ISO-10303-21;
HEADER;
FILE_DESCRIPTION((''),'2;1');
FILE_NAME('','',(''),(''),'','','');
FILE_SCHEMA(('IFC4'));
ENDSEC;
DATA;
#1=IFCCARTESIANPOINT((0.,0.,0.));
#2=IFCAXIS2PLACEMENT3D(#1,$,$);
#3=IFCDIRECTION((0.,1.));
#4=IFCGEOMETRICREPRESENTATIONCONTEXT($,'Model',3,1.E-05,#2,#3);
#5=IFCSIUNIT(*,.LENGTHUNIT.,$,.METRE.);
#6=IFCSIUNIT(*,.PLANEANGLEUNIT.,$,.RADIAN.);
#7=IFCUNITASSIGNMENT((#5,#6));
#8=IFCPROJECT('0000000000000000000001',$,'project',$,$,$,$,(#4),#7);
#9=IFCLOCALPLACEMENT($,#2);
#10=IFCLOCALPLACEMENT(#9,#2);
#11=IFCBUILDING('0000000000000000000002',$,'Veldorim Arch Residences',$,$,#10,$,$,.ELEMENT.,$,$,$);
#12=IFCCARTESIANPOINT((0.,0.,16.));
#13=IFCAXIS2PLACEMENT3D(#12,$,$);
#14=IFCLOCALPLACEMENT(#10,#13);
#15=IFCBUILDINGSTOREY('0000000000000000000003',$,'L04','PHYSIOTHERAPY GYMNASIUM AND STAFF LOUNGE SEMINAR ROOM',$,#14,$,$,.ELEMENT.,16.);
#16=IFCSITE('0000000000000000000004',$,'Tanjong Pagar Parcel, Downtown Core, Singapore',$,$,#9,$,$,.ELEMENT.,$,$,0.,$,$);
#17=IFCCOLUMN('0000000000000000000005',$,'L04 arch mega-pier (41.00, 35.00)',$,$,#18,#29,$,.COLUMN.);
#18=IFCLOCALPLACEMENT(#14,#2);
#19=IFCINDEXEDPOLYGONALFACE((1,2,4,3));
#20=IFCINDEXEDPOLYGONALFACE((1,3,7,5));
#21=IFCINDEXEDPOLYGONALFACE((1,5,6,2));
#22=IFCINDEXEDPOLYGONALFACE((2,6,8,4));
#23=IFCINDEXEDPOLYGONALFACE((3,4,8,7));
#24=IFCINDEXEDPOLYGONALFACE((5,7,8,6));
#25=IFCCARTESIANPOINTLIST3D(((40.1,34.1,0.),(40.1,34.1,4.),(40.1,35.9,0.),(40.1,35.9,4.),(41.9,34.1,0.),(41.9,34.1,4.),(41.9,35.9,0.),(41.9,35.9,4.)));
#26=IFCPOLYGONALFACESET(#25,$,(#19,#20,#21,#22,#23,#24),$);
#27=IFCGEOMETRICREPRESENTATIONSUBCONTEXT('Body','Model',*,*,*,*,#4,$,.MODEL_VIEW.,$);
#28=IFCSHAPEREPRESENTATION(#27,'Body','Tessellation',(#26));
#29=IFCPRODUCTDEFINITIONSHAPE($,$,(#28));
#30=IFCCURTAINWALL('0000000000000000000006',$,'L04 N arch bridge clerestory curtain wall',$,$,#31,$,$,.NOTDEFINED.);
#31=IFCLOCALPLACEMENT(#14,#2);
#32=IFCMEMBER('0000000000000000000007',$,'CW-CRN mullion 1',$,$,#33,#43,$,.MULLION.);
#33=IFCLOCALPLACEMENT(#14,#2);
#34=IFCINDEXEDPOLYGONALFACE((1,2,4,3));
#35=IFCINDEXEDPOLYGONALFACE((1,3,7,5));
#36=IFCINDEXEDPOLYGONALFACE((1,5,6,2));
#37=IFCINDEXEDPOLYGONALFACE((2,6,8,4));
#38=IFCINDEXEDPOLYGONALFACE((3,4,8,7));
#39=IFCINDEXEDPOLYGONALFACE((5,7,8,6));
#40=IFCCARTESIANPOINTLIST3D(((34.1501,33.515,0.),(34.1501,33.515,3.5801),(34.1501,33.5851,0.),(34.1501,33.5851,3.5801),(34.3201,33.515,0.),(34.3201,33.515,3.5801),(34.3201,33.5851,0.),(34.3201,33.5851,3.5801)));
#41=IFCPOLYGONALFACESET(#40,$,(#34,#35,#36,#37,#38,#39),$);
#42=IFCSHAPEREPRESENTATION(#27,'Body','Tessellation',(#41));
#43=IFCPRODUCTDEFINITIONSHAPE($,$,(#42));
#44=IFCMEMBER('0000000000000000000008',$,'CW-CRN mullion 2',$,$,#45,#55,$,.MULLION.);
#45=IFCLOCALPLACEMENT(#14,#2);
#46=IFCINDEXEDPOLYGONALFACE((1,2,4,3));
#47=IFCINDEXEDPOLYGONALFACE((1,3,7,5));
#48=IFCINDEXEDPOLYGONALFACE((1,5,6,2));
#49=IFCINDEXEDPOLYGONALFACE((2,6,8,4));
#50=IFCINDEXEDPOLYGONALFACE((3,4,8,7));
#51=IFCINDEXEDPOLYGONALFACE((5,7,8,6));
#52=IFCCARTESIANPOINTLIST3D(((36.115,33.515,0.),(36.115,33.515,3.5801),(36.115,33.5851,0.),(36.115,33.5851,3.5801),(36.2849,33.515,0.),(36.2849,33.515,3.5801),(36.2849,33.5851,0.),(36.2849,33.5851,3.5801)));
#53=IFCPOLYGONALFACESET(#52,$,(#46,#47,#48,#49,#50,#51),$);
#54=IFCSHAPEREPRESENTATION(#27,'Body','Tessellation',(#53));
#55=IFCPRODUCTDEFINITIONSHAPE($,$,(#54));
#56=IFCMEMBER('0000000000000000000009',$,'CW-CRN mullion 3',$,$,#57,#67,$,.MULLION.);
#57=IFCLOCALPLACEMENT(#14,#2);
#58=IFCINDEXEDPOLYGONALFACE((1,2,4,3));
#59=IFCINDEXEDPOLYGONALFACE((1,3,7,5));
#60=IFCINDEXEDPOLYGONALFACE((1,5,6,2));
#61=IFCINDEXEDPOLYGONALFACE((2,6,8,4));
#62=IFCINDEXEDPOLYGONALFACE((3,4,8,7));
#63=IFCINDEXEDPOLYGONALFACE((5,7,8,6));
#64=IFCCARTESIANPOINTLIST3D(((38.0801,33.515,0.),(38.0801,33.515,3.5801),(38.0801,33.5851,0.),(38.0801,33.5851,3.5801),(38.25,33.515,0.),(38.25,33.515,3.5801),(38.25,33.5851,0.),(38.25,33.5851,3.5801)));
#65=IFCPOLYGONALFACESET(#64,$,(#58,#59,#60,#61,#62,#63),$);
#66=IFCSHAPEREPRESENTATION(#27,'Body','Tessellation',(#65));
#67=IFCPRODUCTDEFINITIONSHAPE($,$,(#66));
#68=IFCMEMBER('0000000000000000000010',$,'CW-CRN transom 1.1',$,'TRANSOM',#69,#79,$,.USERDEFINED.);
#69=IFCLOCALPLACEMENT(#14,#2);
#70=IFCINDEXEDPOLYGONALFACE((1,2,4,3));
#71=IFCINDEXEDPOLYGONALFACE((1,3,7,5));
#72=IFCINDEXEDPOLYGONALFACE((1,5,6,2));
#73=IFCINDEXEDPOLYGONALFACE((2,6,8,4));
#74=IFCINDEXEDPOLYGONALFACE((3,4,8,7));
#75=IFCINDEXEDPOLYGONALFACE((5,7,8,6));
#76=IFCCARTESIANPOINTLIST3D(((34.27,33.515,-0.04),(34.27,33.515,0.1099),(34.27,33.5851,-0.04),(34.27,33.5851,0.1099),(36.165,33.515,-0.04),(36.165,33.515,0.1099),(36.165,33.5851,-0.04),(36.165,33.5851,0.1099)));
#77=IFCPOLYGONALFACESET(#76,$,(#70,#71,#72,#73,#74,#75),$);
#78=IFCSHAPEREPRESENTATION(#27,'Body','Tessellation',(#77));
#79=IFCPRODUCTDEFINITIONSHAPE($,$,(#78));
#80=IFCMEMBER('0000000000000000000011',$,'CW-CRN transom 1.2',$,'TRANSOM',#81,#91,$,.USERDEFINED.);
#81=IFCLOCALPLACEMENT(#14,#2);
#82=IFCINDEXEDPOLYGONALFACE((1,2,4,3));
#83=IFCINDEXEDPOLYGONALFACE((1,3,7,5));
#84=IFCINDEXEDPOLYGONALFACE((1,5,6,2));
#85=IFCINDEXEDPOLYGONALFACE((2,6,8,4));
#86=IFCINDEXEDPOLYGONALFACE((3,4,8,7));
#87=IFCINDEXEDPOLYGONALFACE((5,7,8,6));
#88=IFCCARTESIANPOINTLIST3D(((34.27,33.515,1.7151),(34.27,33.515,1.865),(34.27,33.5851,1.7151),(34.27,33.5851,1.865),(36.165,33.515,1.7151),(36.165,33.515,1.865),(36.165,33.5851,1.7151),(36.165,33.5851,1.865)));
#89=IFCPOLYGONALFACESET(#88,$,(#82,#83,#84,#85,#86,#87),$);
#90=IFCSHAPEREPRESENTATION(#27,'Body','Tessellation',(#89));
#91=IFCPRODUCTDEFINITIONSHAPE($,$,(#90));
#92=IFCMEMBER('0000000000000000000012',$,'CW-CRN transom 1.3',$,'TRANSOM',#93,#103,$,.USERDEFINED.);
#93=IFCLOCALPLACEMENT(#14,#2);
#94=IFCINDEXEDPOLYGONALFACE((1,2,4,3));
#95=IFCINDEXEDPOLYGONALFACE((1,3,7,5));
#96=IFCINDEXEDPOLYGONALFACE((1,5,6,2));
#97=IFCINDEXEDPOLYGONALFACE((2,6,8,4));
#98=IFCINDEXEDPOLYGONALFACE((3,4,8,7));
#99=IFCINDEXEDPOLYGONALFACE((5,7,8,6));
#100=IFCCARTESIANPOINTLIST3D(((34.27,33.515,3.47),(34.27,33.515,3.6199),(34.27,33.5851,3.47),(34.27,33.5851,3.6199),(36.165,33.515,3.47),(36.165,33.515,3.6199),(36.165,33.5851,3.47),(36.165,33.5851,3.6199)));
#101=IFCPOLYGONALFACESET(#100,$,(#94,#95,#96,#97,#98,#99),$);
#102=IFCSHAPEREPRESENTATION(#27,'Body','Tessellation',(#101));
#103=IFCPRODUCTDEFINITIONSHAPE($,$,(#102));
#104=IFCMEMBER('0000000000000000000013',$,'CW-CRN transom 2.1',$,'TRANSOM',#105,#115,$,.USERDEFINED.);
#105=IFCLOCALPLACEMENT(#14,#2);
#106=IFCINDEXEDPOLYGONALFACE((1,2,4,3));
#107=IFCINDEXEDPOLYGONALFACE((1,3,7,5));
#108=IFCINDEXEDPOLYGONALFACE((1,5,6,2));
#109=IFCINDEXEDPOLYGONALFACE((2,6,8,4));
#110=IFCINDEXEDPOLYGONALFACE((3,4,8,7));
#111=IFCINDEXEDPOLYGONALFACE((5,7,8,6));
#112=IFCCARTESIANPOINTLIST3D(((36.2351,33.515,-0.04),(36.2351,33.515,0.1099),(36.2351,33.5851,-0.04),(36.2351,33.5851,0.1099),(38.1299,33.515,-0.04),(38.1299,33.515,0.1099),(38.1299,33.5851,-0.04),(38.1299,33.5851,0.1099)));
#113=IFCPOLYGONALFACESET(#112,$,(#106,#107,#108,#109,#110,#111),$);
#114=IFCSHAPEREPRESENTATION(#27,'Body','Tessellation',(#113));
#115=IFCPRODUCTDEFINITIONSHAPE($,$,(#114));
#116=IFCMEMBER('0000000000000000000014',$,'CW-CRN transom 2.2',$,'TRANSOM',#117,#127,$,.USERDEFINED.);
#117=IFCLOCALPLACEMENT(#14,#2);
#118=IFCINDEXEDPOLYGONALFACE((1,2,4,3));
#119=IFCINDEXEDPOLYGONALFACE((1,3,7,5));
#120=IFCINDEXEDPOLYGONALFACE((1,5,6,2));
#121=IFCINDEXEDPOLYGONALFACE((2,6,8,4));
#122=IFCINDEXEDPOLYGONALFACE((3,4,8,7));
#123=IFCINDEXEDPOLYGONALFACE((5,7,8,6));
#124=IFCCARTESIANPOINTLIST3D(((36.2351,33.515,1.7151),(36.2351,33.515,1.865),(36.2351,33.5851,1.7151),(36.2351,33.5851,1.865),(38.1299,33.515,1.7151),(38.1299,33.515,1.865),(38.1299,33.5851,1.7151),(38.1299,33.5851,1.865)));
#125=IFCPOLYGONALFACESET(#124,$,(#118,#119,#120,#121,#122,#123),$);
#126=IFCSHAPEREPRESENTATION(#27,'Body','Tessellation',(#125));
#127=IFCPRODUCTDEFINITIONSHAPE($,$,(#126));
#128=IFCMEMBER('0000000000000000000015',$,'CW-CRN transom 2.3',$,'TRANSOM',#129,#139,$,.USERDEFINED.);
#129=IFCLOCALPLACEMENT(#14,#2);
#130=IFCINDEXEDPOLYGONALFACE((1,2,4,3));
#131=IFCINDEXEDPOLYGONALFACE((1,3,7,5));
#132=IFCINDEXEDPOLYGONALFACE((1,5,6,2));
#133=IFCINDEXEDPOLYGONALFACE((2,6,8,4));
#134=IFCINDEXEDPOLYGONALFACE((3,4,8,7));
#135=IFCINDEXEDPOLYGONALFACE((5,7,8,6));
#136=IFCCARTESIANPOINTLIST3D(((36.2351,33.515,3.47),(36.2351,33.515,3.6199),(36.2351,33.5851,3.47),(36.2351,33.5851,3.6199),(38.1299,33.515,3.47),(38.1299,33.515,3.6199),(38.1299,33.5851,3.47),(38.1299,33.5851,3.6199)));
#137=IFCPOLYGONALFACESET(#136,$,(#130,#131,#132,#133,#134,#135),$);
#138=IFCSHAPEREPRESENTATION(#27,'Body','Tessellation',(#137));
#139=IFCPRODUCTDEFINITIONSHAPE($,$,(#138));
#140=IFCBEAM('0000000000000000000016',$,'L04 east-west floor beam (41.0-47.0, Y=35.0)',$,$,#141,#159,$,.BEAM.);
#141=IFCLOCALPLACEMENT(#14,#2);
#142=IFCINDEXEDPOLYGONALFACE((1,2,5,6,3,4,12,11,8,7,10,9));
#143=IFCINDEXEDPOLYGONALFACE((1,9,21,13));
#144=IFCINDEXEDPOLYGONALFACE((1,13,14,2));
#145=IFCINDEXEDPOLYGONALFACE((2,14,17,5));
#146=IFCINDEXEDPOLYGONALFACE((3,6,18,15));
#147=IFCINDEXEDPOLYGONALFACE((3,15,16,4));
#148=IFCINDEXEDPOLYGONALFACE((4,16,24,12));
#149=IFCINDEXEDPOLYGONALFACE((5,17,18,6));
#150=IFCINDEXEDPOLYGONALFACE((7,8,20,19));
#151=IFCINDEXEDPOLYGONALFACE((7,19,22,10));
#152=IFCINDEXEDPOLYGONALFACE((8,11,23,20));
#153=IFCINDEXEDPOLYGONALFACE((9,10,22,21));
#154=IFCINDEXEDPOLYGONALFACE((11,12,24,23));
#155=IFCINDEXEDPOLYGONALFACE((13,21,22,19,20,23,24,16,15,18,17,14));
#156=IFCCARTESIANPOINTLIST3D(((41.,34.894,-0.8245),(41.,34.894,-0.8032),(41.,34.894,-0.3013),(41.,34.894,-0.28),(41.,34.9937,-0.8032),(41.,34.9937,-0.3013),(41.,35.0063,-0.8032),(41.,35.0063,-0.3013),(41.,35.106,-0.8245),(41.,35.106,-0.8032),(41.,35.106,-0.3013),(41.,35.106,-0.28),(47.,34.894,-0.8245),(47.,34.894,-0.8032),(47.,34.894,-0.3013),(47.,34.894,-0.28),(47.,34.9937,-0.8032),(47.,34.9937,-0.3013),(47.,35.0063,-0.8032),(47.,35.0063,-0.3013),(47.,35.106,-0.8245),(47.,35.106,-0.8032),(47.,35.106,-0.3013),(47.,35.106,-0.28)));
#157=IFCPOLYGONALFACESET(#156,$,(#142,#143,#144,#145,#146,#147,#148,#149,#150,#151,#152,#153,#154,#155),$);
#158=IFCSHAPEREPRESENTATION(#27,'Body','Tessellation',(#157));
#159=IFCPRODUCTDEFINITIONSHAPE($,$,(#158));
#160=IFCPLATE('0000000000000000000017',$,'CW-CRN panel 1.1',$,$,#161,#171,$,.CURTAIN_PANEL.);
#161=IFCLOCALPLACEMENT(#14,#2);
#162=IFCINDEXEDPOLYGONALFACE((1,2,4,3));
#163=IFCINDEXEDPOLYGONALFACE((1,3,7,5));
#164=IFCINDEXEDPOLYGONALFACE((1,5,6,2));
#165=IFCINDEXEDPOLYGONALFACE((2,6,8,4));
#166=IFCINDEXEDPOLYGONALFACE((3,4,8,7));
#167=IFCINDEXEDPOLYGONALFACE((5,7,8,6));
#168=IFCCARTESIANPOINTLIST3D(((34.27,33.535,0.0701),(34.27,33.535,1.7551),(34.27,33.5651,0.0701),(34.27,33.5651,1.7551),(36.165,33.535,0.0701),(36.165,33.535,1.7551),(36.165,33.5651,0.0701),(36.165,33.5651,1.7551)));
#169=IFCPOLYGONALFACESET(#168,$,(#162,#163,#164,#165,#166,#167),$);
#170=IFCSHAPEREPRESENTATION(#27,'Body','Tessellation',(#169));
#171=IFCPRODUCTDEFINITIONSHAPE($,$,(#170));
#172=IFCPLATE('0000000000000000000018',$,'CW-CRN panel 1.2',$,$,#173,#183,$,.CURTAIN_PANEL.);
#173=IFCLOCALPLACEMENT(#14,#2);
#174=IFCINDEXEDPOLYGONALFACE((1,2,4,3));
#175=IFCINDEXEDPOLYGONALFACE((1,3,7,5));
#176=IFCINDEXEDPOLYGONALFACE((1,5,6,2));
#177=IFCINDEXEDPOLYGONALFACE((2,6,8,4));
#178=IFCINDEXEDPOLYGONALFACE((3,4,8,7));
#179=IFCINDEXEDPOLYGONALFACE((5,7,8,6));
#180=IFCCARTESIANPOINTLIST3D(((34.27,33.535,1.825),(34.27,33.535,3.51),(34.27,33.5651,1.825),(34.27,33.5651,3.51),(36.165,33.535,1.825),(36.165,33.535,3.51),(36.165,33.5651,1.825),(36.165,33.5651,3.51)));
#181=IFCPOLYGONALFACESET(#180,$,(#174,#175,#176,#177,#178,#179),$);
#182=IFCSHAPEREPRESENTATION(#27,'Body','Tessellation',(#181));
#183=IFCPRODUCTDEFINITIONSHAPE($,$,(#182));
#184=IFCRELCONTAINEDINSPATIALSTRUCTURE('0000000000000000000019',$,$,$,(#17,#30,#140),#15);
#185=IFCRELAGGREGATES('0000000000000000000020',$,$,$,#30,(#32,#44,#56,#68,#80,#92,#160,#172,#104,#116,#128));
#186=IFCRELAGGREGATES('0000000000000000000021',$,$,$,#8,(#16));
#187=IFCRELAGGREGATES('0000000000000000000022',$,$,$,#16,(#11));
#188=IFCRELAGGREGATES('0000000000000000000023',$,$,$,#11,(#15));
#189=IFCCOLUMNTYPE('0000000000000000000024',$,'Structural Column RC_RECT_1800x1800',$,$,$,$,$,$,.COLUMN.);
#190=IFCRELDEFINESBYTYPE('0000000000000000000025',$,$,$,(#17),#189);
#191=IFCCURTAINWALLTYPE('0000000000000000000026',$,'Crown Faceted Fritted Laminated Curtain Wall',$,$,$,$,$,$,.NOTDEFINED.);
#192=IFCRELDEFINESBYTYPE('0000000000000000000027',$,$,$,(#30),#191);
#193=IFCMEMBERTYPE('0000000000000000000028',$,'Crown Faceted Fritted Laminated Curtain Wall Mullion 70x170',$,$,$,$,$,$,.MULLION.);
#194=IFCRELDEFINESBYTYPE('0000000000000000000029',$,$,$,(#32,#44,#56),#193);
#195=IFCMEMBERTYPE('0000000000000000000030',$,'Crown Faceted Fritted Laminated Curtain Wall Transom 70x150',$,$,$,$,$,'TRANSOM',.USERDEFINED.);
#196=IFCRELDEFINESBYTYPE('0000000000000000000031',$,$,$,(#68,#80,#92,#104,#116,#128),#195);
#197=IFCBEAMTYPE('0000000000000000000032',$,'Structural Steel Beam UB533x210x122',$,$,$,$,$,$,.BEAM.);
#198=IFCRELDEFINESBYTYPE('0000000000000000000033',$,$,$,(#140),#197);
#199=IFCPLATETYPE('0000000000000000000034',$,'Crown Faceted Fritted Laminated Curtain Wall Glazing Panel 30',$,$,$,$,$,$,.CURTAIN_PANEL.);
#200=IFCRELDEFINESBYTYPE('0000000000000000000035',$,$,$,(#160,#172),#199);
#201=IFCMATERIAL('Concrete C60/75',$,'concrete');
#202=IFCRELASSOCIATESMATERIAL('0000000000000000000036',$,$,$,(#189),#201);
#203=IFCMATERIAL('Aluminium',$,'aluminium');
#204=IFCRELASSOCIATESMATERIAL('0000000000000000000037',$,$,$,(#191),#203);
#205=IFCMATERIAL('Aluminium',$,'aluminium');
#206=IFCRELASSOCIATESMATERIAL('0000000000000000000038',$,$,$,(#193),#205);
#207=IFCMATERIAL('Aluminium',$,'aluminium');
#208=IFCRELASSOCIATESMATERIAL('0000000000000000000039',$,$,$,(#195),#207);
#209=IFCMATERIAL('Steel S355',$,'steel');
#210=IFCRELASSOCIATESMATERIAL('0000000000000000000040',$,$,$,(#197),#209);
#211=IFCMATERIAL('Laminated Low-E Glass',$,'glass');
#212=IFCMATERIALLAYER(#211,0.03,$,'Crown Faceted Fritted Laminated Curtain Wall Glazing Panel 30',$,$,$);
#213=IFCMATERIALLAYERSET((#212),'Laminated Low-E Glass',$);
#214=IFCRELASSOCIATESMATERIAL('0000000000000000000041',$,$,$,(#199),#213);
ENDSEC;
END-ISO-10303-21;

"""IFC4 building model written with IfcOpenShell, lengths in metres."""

from ifc_helpers import new_model, si_unit, direction, frame, origin, origin_2d, place, context, subcontext, project, spatial, rectangle, i_section, extrude, material, layer, layer_set, material_profile, profile_set, type_object, element, aggregate, save


model = new_model("IFC4")

# Units and contexts
model_context = context("Model", 3, precision=1e-05, world=origin(), true_north=direction((0.0, 1.0)))
body_context = subcontext(model_context, "Body", "Model", "MODEL_VIEW")
ifc_project = project(units=[si_unit("LENGTHUNIT", "METRE"), si_unit("PLANEANGLEUNIT", "RADIAN")], contexts=[model_context])

# Site, building, storey
site_placement = place(None, origin())
site = spatial("IfcSite", under=ifc_project, at=site_placement, Name="Tanjong Pagar Parcel, Downtown Core, Singapore", CompositionType="ELEMENT", RefElevation=0.0)
building_placement = place(site_placement, origin())
building = spatial("IfcBuilding", under=site, at=building_placement, Name="Veldorim Arch Residences", CompositionType="ELEMENT")
storey_placement = place(building_placement, frame((0.0, 0.0, 16.0)))
storey = spatial("IfcBuildingStorey", under=building, at=storey_placement, Name="L04", Description="PHYSIOTHERAPY GYMNASIUM AND STAFF LOUNGE SEMINAR ROOM", CompositionType="ELEMENT", Elevation=16.0)

# Column
ifc_material_1 = material(Name="Concrete C60/75", Category="concrete")
ifc_material_profile_1 = material_profile(ifc_material_1, rectangle(XDim=1.8, YDim=1.8, at=origin_2d()), Name="RC_RECT_1800x1800")
ifc_profile_set_1 = profile_set([ifc_material_profile_1], Name="Concrete C60/75")
column_type = type_object("IfcColumnType", Name="Structural Column RC_RECT_1800x1800", PredefinedType="COLUMN", material=ifc_profile_set_1)
column_placement = place(storey_placement, frame((41.0, 35.0, 0.0), z_axis=(0.0, 0.0, 1.0), x_axis=(1.0, 0.0, 0.0)))
element("IfcColumn", 1, at=column_placement, inside=storey, type_object=column_type, Name="L04 arch mega-pier (41.00, 35.00)", PredefinedType="COLUMN", context=body_context, shape_type="SweptSolid", body=[
    extrude(rectangle(XDim=1.8, YDim=1.8, at=origin_2d()), origin(), (0.0, 0.0, 1.0), 4.0),
])

# Curtain wall, members
ifc_material_2 = material(Name="Aluminium", Category="aluminium")
curtain_wall_type = type_object("IfcCurtainWallType", Name="Crown Faceted Fritted Laminated Curtain Wall", PredefinedType="NOTDEFINED", material=ifc_material_2)
curtain_wall_placement = place(storey_placement, origin())
curtain_wall = element("IfcCurtainWall", 2, at=curtain_wall_placement, inside=storey, type_object=curtain_wall_type, Name="L04 N arch bridge clerestory curtain wall", PredefinedType="NOTDEFINED")
ifc_material_3 = material(Name="Aluminium", Category="aluminium")
ifc_material_profile_2 = material_profile(ifc_material_3, rectangle(XDim=0.0701, YDim=0.1699, at=origin_2d()), Name="ALU_MUL_70x170")
ifc_profile_set_2 = profile_set([ifc_material_profile_2], Name="Aluminium")
member_type_1 = type_object("IfcMemberType", Name="Crown Faceted Fritted Laminated Curtain Wall Mullion 70x170", PredefinedType="MULLION", material=ifc_profile_set_2)
member_1_placement = place(storey_placement, frame((34.2351, 33.55, 0.0), z_axis=(0.0, 0.0, 1.0), x_axis=(0.0, 1.0, 0.0)))
member_1 = element("IfcMember", 3, at=member_1_placement, type_object=member_type_1, Name="CW-CRN mullion 1", PredefinedType="MULLION", context=body_context, shape_type="SweptSolid", body=[
    extrude(rectangle(XDim=0.0701, YDim=0.1699, at=origin_2d()), origin(), (0.0, 0.0, 1.0), 3.5801),
])
member_2_placement = place(storey_placement, frame((36.2, 33.55, 0.0), z_axis=(0.0, 0.0, 1.0), x_axis=(0.0, 1.0, 0.0)))
member_2 = element("IfcMember", 4, at=member_2_placement, type_object=member_type_1, Name="CW-CRN mullion 2", PredefinedType="MULLION", context=body_context, shape_type="SweptSolid", body=[
    extrude(rectangle(XDim=0.0701, YDim=0.1699, at=origin_2d()), origin(), (0.0, 0.0, 1.0), 3.5801),
])
member_3_placement = place(storey_placement, frame((38.165, 33.55, 0.0), z_axis=(0.0, 0.0, 1.0), x_axis=(0.0, 1.0, 0.0)))
member_3 = element("IfcMember", 5, at=member_3_placement, type_object=member_type_1, Name="CW-CRN mullion 3", PredefinedType="MULLION", context=body_context, shape_type="SweptSolid", body=[
    extrude(rectangle(XDim=0.0701, YDim=0.1699, at=origin_2d()), origin(), (0.0, 0.0, 1.0), 3.5801),
])
ifc_material_4 = material(Name="Aluminium", Category="aluminium")
ifc_material_profile_3 = material_profile(ifc_material_4, rectangle(XDim=0.0701, YDim=0.1499, at=origin_2d()), Name="ALU_TRN_70x150")
ifc_profile_set_3 = profile_set([ifc_material_profile_3], Name="Aluminium")
member_type_2 = type_object("IfcMemberType", Name="Crown Faceted Fritted Laminated Curtain Wall Transom 70x150", ElementType="TRANSOM", PredefinedType="USERDEFINED", material=ifc_profile_set_3)
member_4_placement = place(storey_placement, frame((34.27, 33.55, 0.0349), z_axis=(1.0, 0.0, 0.0), x_axis=(0.0, 1.0, 0.0)))
member_4 = element("IfcMember", 6, at=member_4_placement, type_object=member_type_2, Name="CW-CRN transom 1.1", ObjectType="TRANSOM", PredefinedType="USERDEFINED", context=body_context, shape_type="SweptSolid", body=[
    extrude(rectangle(XDim=0.0701, YDim=0.1499, at=origin_2d()), origin(), (0.0, 0.0, 1.0), 1.895),
])
member_5_placement = place(storey_placement, frame((34.27, 33.55, 1.79), z_axis=(1.0, 0.0, 0.0), x_axis=(0.0, 1.0, 0.0)))
member_5 = element("IfcMember", 7, at=member_5_placement, type_object=member_type_2, Name="CW-CRN transom 1.2", ObjectType="TRANSOM", PredefinedType="USERDEFINED", context=body_context, shape_type="SweptSolid", body=[
    extrude(rectangle(XDim=0.0701, YDim=0.1499, at=origin_2d()), origin(), (0.0, 0.0, 1.0), 1.895),
])
member_6_placement = place(storey_placement, frame((34.27, 33.55, 3.5449), z_axis=(1.0, 0.0, 0.0), x_axis=(0.0, 1.0, 0.0)))
member_6 = element("IfcMember", 8, at=member_6_placement, type_object=member_type_2, Name="CW-CRN transom 1.3", ObjectType="TRANSOM", PredefinedType="USERDEFINED", context=body_context, shape_type="SweptSolid", body=[
    extrude(rectangle(XDim=0.0701, YDim=0.1499, at=origin_2d()), origin(), (0.0, 0.0, 1.0), 1.895),
])
member_7_placement = place(storey_placement, frame((36.2351, 33.55, 0.0349), z_axis=(1.0, 0.0, 0.0), x_axis=(0.0, 1.0, 0.0)))
member_7 = element("IfcMember", 9, at=member_7_placement, type_object=member_type_2, Name="CW-CRN transom 2.1", ObjectType="TRANSOM", PredefinedType="USERDEFINED", context=body_context, shape_type="SweptSolid", body=[
    extrude(rectangle(XDim=0.0701, YDim=0.1499, at=origin_2d()), origin(), (0.0, 0.0, 1.0), 1.8948),
])
member_8_placement = place(storey_placement, frame((36.2351, 33.55, 1.79), z_axis=(1.0, 0.0, 0.0), x_axis=(0.0, 1.0, 0.0)))
member_8 = element("IfcMember", 10, at=member_8_placement, type_object=member_type_2, Name="CW-CRN transom 2.2", ObjectType="TRANSOM", PredefinedType="USERDEFINED", context=body_context, shape_type="SweptSolid", body=[
    extrude(rectangle(XDim=0.0701, YDim=0.1499, at=origin_2d()), origin(), (0.0, 0.0, 1.0), 1.8948),
])
member_9_placement = place(storey_placement, frame((36.2351, 33.55, 3.5449), z_axis=(1.0, 0.0, 0.0), x_axis=(0.0, 1.0, 0.0)))
member_9 = element("IfcMember", 11, at=member_9_placement, type_object=member_type_2, Name="CW-CRN transom 2.3", ObjectType="TRANSOM", PredefinedType="USERDEFINED", context=body_context, shape_type="SweptSolid", body=[
    extrude(rectangle(XDim=0.0701, YDim=0.1499, at=origin_2d()), origin(), (0.0, 0.0, 1.0), 1.8948),
])

# Beam
ifc_material_5 = material(Name="Steel S355", Category="steel")
ifc_material_profile_4 = material_profile(ifc_material_5, i_section(OverallWidth=0.2119, OverallDepth=0.5444, WebThickness=0.0127, FlangeThickness=0.0212, at=origin_2d()), Name="UB533x210x122")
ifc_profile_set_4 = profile_set([ifc_material_profile_4], Name="Steel S355")
beam_type = type_object("IfcBeamType", Name="Structural Steel Beam UB533x210x122", PredefinedType="BEAM", material=ifc_profile_set_4)
beam_placement = place(storey_placement, frame((41.0, 35.0, -0.5522), z_axis=(1.0, 0.0, 0.0), x_axis=(0.0, 1.0, 0.0)))
element("IfcBeam", 12, at=beam_placement, inside=storey, type_object=beam_type, Name="L04 east-west floor beam (41.0-47.0, Y=35.0)", PredefinedType="BEAM", context=body_context, shape_type="SweptSolid", body=[
    extrude(i_section(OverallWidth=0.2119, OverallDepth=0.5444, WebThickness=0.0127, FlangeThickness=0.0212, at=origin_2d()), origin(), (0.0, 0.0, 1.0), 6.0),
])

# Plates
ifc_material_6 = material(Name="Laminated Low-E Glass", Category="glass")
ifc_layer_1 = layer(ifc_material_6, 0.03, Name="Crown Faceted Fritted Laminated Curtain Wall Glazing Panel 30")
ifc_layer_set_1 = layer_set([ifc_layer_1], Name="Laminated Low-E Glass")
plate_type = type_object("IfcPlateType", Name="Crown Faceted Fritted Laminated Curtain Wall Glazing Panel 30", PredefinedType="CURTAIN_PANEL", material=ifc_layer_set_1)
plate_1_placement = place(storey_placement, frame((35.2175, 33.55, 0.0701), z_axis=(0.0, 0.0, 1.0), x_axis=(1.0, 0.0, 0.0)))
plate_1 = element("IfcPlate", 13, at=plate_1_placement, type_object=plate_type, Name="CW-CRN panel 1.1", PredefinedType="CURTAIN_PANEL", context=body_context, shape_type="SweptSolid", body=[
    extrude(rectangle(XDim=1.895, YDim=0.03, at=origin_2d()), origin(), (0.0, 0.0, 1.0), 1.6851),
])
plate_2_placement = place(storey_placement, frame((35.2175, 33.55, 1.825), z_axis=(0.0, 0.0, 1.0), x_axis=(1.0, 0.0, 0.0)))
plate_2 = element("IfcPlate", 14, at=plate_2_placement, type_object=plate_type, Name="CW-CRN panel 1.2", PredefinedType="CURTAIN_PANEL", context=body_context, shape_type="SweptSolid", body=[
    extrude(rectangle(XDim=1.895, YDim=0.03, at=origin_2d()), origin(), (0.0, 0.0, 1.0), 1.6851),
])
aggregate(curtain_wall, [member_1, member_2, member_3, member_4, member_5, member_6, plate_1, plate_2, member_7, member_8, member_9])

save(model, "model.ifc")
